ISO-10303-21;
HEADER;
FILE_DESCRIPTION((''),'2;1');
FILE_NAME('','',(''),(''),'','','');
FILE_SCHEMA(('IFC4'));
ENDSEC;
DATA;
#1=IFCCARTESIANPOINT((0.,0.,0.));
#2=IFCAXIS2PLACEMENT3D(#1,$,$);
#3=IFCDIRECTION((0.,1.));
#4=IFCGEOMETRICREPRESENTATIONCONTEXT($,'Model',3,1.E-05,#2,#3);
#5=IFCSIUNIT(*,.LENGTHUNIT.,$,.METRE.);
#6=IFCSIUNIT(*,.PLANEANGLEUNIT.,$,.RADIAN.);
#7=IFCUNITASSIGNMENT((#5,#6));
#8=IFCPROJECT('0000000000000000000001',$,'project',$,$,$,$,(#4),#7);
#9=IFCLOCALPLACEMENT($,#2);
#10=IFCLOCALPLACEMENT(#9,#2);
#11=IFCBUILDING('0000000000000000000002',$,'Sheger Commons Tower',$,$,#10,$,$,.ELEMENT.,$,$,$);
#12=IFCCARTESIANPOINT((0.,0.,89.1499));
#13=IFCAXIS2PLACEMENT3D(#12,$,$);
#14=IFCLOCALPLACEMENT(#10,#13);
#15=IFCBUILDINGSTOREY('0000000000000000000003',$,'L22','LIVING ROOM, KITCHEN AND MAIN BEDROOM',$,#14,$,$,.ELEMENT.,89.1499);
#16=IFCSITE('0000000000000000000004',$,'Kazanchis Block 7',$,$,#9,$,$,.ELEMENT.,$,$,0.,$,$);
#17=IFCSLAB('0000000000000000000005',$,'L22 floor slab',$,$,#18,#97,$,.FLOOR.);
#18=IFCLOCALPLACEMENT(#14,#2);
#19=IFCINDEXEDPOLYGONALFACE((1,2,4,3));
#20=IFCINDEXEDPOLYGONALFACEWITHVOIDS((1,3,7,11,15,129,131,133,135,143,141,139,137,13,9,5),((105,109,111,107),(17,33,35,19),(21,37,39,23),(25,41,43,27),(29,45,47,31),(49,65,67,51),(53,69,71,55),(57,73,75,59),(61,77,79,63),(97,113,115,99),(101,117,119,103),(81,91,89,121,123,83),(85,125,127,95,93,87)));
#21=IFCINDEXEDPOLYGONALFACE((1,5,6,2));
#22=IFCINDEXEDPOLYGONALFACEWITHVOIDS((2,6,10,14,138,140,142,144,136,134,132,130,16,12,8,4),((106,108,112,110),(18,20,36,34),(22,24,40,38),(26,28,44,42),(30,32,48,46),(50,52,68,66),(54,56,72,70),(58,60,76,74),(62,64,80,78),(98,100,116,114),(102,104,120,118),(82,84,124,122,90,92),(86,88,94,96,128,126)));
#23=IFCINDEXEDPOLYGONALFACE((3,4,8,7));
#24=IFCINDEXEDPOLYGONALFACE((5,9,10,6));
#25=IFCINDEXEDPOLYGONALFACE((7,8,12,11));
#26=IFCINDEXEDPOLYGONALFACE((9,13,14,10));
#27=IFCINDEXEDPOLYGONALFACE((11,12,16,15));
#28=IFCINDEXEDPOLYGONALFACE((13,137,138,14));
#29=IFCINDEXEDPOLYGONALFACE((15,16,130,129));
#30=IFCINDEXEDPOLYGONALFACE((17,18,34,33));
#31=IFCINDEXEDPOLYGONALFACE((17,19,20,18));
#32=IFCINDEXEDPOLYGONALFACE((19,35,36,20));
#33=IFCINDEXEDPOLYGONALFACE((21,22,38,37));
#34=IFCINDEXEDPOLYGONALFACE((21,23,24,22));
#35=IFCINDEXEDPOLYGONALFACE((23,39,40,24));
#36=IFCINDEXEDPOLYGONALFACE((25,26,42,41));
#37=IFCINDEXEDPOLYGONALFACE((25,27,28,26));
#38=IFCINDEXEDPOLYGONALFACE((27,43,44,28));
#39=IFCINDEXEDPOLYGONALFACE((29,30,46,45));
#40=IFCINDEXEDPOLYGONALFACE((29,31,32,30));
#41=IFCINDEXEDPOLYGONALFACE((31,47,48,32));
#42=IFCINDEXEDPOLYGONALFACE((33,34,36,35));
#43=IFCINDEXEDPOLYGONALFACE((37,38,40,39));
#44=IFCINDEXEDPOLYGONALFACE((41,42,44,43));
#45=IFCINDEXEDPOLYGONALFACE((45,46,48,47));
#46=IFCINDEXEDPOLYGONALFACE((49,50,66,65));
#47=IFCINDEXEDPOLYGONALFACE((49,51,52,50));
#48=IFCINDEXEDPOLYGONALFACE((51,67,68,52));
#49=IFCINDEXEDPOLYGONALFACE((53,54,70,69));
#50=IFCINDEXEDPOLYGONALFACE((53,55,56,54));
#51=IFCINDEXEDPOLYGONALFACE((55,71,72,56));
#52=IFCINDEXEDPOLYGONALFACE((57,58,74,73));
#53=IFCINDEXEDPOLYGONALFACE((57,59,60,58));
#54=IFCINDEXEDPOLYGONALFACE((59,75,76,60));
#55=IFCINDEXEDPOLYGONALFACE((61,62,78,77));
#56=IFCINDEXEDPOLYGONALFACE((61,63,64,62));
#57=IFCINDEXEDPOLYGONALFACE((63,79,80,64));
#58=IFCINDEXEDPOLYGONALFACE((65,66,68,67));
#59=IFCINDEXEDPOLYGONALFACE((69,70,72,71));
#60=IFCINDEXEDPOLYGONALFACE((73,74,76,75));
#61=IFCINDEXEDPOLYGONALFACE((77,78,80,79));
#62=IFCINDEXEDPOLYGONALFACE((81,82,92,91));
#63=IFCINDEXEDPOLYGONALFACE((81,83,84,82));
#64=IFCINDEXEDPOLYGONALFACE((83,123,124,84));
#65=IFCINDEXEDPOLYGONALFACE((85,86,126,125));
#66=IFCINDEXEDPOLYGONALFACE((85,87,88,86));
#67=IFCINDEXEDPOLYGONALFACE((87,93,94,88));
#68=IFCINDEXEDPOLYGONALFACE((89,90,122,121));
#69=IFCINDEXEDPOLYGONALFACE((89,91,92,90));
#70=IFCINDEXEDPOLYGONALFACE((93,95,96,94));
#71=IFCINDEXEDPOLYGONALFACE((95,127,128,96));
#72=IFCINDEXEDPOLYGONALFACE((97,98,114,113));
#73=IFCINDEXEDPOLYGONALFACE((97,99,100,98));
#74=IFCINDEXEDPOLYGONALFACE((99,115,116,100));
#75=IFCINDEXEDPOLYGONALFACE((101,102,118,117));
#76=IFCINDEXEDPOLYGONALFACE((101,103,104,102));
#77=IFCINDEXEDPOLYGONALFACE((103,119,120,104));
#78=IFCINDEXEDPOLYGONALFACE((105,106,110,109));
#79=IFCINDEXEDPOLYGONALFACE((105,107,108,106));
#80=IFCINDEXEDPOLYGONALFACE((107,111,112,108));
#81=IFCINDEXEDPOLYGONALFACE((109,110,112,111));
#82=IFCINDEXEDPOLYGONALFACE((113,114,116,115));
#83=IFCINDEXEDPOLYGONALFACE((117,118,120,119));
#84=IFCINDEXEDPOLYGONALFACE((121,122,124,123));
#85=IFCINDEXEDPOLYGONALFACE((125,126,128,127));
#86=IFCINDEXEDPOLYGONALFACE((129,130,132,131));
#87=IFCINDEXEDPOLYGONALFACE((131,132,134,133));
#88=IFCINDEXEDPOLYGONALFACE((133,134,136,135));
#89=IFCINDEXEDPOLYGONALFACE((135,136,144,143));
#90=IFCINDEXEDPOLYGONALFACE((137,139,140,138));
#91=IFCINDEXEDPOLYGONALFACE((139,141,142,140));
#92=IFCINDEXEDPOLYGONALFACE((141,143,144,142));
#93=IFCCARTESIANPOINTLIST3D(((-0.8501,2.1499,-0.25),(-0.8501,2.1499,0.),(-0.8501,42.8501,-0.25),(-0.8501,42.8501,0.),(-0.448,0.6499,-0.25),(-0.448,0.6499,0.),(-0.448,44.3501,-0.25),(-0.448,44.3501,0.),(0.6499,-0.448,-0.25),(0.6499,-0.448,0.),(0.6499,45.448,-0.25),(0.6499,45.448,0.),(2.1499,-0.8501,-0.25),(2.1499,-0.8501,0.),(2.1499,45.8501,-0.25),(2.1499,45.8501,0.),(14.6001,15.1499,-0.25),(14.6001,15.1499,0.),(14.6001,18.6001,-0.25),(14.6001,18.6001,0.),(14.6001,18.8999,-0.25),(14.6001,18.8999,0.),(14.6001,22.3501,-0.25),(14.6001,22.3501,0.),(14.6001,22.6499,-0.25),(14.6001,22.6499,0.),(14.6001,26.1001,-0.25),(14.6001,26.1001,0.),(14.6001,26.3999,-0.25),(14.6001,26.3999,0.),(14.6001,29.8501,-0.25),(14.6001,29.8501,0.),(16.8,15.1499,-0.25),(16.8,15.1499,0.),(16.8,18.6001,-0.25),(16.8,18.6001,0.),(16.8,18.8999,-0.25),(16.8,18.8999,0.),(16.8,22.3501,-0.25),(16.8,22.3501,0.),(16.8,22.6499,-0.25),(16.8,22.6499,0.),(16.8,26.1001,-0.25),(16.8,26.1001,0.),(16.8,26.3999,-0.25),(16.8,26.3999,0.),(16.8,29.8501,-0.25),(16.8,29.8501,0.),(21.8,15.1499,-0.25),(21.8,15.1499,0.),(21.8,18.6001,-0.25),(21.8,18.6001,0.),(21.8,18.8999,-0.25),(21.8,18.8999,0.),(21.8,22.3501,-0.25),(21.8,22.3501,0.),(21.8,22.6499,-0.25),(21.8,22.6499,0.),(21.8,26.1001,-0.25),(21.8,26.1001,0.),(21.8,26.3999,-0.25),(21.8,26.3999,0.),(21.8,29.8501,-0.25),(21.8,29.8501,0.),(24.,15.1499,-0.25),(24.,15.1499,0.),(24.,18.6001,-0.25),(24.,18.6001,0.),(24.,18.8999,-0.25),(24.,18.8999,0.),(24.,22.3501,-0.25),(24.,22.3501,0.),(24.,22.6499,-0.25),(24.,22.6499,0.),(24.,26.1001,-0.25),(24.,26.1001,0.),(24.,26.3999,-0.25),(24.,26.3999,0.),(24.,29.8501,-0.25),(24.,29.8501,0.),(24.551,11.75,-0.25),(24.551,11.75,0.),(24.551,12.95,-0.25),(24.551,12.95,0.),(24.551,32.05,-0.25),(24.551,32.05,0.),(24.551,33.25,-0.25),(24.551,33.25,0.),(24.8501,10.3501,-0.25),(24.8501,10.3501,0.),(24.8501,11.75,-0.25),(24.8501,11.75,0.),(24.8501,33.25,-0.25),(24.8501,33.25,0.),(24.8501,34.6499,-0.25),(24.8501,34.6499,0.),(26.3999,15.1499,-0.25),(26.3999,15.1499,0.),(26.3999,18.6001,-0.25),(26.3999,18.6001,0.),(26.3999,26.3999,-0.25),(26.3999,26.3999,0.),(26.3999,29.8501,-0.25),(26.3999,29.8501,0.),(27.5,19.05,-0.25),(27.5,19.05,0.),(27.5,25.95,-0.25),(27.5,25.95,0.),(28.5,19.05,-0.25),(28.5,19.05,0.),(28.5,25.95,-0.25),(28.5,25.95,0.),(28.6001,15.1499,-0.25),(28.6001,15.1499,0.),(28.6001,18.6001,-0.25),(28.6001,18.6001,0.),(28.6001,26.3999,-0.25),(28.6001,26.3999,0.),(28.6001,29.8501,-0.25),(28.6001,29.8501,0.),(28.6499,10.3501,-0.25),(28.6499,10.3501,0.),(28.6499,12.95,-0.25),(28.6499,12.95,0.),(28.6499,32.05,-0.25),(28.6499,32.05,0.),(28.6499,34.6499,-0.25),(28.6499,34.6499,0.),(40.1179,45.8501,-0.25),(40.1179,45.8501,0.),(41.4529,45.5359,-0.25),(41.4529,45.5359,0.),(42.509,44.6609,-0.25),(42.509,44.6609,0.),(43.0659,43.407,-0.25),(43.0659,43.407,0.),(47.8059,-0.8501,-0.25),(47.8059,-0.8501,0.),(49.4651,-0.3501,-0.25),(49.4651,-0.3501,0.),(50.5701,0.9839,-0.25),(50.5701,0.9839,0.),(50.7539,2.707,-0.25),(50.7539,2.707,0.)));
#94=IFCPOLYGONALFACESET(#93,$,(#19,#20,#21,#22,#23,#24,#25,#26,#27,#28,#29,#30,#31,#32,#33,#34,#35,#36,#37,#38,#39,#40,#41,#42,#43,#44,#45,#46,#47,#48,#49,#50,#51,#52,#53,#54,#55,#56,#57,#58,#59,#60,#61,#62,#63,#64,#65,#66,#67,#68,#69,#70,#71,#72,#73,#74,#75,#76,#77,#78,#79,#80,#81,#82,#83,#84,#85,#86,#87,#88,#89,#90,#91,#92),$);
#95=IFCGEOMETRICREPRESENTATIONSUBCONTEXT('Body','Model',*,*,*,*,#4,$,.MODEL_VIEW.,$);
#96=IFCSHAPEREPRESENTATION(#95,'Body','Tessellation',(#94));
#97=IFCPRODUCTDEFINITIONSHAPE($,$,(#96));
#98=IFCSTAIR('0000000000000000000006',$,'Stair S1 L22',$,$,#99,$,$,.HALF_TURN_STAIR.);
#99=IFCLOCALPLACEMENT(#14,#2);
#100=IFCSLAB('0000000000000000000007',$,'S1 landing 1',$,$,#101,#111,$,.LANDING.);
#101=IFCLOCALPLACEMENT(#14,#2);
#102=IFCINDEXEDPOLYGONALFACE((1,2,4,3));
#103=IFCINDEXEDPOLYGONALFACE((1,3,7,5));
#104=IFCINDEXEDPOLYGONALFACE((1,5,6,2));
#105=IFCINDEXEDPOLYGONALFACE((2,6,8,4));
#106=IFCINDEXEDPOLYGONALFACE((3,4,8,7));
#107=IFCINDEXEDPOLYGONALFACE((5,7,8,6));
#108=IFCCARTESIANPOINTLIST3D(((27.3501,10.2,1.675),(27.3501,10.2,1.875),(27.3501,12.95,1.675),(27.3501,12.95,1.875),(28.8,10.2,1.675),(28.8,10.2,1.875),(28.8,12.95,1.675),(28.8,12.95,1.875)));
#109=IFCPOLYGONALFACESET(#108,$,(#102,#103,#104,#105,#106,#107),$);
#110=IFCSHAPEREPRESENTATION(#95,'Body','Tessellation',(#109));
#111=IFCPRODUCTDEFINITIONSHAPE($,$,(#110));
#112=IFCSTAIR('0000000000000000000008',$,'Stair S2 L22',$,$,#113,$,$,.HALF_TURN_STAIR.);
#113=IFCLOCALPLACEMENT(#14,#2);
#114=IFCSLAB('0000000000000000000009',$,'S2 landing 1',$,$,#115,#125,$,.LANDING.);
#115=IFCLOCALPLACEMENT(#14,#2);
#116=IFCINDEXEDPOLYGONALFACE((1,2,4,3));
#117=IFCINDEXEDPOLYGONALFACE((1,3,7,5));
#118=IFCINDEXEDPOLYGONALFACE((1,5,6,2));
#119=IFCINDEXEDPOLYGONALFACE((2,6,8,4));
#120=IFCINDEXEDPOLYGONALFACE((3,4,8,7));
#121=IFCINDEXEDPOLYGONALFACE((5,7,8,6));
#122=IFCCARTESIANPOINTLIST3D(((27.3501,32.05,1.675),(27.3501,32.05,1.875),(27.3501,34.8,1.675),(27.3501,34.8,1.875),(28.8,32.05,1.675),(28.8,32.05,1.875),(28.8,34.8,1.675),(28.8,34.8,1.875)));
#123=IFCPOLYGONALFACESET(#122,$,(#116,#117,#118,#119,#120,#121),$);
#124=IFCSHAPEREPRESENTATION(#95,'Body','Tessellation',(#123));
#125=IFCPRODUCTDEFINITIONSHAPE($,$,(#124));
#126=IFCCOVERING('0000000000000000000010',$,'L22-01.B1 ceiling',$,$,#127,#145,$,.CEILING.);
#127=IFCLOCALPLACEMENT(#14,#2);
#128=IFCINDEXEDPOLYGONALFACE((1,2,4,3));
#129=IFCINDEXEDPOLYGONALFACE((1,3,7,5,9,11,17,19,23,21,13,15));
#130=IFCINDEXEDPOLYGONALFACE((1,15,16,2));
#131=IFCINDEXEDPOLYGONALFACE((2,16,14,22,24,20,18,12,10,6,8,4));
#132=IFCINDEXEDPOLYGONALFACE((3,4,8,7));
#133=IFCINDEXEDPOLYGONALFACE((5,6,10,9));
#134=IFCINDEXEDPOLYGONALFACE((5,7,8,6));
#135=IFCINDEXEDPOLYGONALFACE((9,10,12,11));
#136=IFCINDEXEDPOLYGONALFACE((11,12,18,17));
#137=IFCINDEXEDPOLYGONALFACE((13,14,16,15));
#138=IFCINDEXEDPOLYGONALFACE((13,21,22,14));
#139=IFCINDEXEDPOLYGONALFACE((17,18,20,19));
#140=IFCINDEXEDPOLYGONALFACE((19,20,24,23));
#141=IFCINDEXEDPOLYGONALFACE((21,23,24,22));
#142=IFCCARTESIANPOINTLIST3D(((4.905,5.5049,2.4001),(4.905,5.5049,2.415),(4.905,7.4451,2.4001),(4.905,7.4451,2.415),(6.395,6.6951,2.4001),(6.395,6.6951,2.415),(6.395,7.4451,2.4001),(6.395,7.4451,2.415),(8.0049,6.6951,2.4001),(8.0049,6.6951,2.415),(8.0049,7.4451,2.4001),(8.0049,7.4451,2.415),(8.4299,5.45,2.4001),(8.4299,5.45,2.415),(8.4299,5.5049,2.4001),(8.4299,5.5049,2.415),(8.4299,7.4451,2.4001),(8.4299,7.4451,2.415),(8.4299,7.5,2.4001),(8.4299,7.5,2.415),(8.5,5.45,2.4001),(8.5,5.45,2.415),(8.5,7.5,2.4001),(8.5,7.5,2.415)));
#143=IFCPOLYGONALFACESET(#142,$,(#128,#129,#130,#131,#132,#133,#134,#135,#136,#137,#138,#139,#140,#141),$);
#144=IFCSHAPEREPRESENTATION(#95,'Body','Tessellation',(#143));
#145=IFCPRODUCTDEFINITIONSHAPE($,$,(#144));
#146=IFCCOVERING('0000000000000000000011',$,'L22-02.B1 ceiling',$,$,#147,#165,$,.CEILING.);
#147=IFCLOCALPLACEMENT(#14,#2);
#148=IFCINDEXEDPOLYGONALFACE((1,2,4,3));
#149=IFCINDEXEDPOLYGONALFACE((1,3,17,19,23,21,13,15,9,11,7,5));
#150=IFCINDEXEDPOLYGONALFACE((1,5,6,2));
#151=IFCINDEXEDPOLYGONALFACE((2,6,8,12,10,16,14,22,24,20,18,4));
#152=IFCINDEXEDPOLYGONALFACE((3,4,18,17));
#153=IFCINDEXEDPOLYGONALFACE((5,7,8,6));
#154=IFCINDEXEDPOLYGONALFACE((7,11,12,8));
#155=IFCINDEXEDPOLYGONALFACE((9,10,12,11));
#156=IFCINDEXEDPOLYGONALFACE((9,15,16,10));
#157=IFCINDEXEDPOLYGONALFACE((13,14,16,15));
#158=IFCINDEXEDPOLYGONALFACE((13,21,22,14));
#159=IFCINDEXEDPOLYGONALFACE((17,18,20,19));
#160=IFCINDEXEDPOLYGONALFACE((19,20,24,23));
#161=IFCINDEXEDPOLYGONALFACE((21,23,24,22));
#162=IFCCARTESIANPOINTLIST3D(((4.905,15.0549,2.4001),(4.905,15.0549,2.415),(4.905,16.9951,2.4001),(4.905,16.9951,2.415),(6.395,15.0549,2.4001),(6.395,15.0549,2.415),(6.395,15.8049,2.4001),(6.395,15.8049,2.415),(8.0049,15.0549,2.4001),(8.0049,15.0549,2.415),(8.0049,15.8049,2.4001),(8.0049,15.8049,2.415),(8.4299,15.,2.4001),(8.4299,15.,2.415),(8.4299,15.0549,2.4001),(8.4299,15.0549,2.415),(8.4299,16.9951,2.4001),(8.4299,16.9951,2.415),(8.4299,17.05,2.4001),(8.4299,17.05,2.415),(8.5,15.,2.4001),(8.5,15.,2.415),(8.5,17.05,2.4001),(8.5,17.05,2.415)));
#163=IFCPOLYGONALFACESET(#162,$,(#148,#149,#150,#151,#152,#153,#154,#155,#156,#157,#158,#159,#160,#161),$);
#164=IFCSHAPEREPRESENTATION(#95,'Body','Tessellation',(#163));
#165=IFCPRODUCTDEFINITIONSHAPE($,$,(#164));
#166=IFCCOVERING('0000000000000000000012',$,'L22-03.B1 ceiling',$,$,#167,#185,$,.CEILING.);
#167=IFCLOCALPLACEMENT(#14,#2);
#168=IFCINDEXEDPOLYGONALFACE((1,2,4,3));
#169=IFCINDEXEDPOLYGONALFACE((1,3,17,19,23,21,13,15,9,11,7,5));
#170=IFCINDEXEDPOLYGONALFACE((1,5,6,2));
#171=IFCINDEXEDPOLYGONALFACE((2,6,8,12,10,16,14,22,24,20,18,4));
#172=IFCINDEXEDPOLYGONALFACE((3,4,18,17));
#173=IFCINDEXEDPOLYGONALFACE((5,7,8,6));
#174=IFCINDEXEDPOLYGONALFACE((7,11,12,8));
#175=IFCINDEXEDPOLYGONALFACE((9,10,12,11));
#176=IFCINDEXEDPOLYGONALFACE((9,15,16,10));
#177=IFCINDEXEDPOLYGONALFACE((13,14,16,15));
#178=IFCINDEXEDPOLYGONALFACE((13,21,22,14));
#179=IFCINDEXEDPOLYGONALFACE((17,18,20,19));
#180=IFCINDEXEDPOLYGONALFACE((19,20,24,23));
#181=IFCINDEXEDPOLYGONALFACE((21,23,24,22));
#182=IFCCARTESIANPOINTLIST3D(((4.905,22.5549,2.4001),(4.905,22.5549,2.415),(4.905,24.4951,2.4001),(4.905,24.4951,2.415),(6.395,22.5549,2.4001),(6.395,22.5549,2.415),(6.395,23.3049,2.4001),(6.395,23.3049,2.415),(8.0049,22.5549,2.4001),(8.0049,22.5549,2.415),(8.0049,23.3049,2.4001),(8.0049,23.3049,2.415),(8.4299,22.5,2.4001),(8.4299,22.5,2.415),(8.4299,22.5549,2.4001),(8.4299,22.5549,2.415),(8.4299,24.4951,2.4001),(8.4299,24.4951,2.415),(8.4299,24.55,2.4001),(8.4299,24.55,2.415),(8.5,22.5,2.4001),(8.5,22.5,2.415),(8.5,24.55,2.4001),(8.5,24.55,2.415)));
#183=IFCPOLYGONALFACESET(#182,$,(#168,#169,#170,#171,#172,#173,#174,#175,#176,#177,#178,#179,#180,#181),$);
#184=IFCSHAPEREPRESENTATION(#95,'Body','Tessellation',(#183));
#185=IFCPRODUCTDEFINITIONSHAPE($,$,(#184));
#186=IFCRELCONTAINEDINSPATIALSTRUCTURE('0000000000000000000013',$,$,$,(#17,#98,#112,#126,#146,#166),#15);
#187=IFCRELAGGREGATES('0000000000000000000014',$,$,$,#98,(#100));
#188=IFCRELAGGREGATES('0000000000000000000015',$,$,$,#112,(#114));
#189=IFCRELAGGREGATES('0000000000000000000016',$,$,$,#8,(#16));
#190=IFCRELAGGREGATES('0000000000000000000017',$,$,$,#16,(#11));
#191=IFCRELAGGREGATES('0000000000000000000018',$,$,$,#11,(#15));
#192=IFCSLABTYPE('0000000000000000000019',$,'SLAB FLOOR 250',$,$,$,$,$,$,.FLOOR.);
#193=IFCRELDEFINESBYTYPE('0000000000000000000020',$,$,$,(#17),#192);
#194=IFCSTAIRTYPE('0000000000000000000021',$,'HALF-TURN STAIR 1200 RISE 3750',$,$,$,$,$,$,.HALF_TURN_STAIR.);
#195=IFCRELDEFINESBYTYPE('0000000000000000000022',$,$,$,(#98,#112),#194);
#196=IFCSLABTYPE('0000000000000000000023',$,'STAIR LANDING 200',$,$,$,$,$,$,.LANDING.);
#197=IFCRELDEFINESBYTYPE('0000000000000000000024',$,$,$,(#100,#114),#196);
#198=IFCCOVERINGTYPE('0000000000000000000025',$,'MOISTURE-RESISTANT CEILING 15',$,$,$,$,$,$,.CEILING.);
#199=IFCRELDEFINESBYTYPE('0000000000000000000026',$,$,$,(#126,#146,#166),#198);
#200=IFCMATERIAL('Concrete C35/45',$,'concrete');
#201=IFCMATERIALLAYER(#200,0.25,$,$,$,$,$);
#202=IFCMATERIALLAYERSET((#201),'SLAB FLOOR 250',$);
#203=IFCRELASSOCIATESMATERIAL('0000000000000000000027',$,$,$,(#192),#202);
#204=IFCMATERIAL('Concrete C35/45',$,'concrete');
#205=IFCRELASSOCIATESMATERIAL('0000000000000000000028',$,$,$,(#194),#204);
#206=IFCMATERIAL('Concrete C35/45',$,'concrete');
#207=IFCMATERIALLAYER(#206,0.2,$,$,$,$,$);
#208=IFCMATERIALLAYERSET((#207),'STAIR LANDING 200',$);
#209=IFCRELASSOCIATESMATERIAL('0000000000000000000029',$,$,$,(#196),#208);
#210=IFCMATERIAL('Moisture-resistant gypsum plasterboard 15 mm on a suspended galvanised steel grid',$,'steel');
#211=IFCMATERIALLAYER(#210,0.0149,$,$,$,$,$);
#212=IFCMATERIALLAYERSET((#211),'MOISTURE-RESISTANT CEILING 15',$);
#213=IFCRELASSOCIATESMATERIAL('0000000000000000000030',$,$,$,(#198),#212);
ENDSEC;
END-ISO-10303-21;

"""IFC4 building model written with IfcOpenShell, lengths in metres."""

from ifc_helpers import new_model, si_unit, direction, frame, origin, place, context, subcontext, project, spatial, polyline, outline, extrude, material, layer, layer_set, type_object, element, aggregate, save


model = new_model("IFC4")

# Units and contexts
model_context = context("Model", 3, precision=1e-05, world=origin(), true_north=direction((0.0, 1.0)))
body_context = subcontext(model_context, "Body", "Model", "MODEL_VIEW")
ifc_project = project(units=[si_unit("LENGTHUNIT", "METRE"), si_unit("PLANEANGLEUNIT", "RADIAN")], contexts=[model_context])

# Site, building, storey
site_placement = place(None, origin())
site = spatial("IfcSite", under=ifc_project, at=site_placement, Name="Kazanchis Block 7", CompositionType="ELEMENT", RefElevation=0.0)
building_placement = place(site_placement, origin())
building = spatial("IfcBuilding", under=site, at=building_placement, Name="Sheger Commons Tower", CompositionType="ELEMENT")
storey_placement = place(building_placement, frame((0.0, 0.0, 89.1499)))
storey = spatial("IfcBuildingStorey", under=building, at=storey_placement, Name="L22", Description="LIVING ROOM, KITCHEN AND MAIN BEDROOM", CompositionType="ELEMENT", Elevation=89.1499)

# Slab
ifc_material_1 = material(Name="Concrete C35/45", Category="concrete")
ifc_layer_1 = layer(ifc_material_1, 0.25)
ifc_layer_set_1 = layer_set([ifc_layer_1], Name="SLAB FLOOR 250")
slab_type_1 = type_object("IfcSlabType", Name="SLAB FLOOR 250", PredefinedType="FLOOR", material=ifc_layer_set_1)
slab_1_placement = place(storey_placement, frame((0.0, 0.0, -0.25)))
element("IfcSlab", 1, at=slab_1_placement, inside=storey, type_object=slab_type_1, Name="L22 floor slab", PredefinedType="FLOOR", context=body_context, shape_type="SweptSolid", body=[
    extrude(outline(polyline([(-0.8501, 2.1499), (-0.448, 0.6499), (0.6499, -0.448), (2.1499, -0.8501), (47.8059, -0.8501), (49.4651, -0.3501), (50.5701, 0.9839), (50.7539, 2.707), (43.0659, 43.407), (42.509, 44.6609), (41.4529, 45.5359), (40.1179, 45.8501), (2.1499, 45.8501), (0.6499, 45.448), (-0.448, 44.3501), (-0.8501, 42.8501), (-0.8501, 2.1499)]), holes=[polyline([(24.8501, 10.3501), (28.6499, 10.3501), (28.6499, 12.95), (24.551, 12.95), (24.551, 11.75), (24.8501, 11.75), (24.8501, 10.3501)]), polyline([(24.551, 32.05), (28.6499, 32.05), (28.6499, 34.6499), (24.8501, 34.6499), (24.8501, 33.25), (24.551, 33.25), (24.551, 32.05)]), polyline([(26.3999, 15.1499), (28.6001, 15.1499), (28.6001, 18.6001), (26.3999, 18.6001), (26.3999, 15.1499)]), polyline([(26.3999, 26.3999), (28.6001, 26.3999), (28.6001, 29.8501), (26.3999, 29.8501), (26.3999, 26.3999)]), polyline([(14.6001, 15.1499), (16.8, 15.1499), (16.8, 18.6001), (14.6001, 18.6001), (14.6001, 15.1499)]), polyline([(14.6001, 18.8999), (16.8, 18.8999), (16.8, 22.3501), (14.6001, 22.3501), (14.6001, 18.8999)]), polyline([(14.6001, 22.6499), (16.8, 22.6499), (16.8, 26.1001), (14.6001, 26.1001), (14.6001, 22.6499)]), polyline([(14.6001, 26.3999), (16.8, 26.3999), (16.8, 29.8501), (14.6001, 29.8501), (14.6001, 26.3999)]), polyline([(21.8, 15.1499), (24.0, 15.1499), (24.0, 18.6001), (21.8, 18.6001), (21.8, 15.1499)]), polyline([(21.8, 18.8999), (24.0, 18.8999), (24.0, 22.3501), (21.8, 22.3501), (21.8, 18.8999)]), polyline([(21.8, 22.6499), (24.0, 22.6499), (24.0, 26.1001), (21.8, 26.1001), (21.8, 22.6499)]), polyline([(21.8, 26.3999), (24.0, 26.3999), (24.0, 29.8501), (21.8, 29.8501), (21.8, 26.3999)]), polyline([(27.5, 19.05), (28.5, 19.05), (28.5, 25.95), (27.5, 25.95), (27.5, 19.05)])]), origin(), (0.0, 0.0, 1.0), 0.25),
])

# Stairs, slabs
ifc_material_2 = material(Name="Concrete C35/45", Category="concrete")
stair_type = type_object("IfcStairType", Name="HALF-TURN STAIR 1200 RISE 3750", PredefinedType="HALF_TURN_STAIR", material=ifc_material_2)
stair_1_placement = place(storey_placement, origin())
stair_1 = element("IfcStair", 2, at=stair_1_placement, inside=storey, type_object=stair_type, Name="Stair S1 L22", PredefinedType="HALF_TURN_STAIR")
ifc_material_3 = material(Name="Concrete C35/45", Category="concrete")
ifc_layer_2 = layer(ifc_material_3, 0.2)
ifc_layer_set_2 = layer_set([ifc_layer_2], Name="STAIR LANDING 200")
slab_type_2 = type_object("IfcSlabType", Name="STAIR LANDING 200", PredefinedType="LANDING", material=ifc_layer_set_2)
slab_2_placement = place(storey_placement, frame((0.0, 0.0, 1.675)))
slab_2 = element("IfcSlab", 3, at=slab_2_placement, type_object=slab_type_2, Name="S1 landing 1", PredefinedType="LANDING", context=body_context, shape_type="SweptSolid", body=[
    extrude(outline(polyline([(27.3501, 10.2), (28.8, 10.2), (28.8, 12.95), (27.3501, 12.95), (27.3501, 10.2)])), origin(), (0.0, 0.0, 1.0), 0.2),
])
aggregate(stair_1, [slab_2])
stair_2_placement = place(storey_placement, origin())
stair_2 = element("IfcStair", 4, at=stair_2_placement, inside=storey, type_object=stair_type, Name="Stair S2 L22", PredefinedType="HALF_TURN_STAIR")
slab_3_placement = place(storey_placement, frame((0.0, 0.0, 1.675)))
slab_3 = element("IfcSlab", 5, at=slab_3_placement, type_object=slab_type_2, Name="S2 landing 1", PredefinedType="LANDING", context=body_context, shape_type="SweptSolid", body=[
    extrude(outline(polyline([(27.3501, 32.05), (28.8, 32.05), (28.8, 34.8), (27.3501, 34.8), (27.3501, 32.05)])), origin(), (0.0, 0.0, 1.0), 0.2),
])
aggregate(stair_2, [slab_3])

# Coverings
ifc_material_4 = material(Name="Moisture-resistant gypsum plasterboard 15 mm on a suspended galvanised steel grid", Category="steel")
ifc_layer_3 = layer(ifc_material_4, 0.0149)
ifc_layer_set_3 = layer_set([ifc_layer_3], Name="MOISTURE-RESISTANT CEILING 15")
covering_type_1 = type_object("IfcCoveringType", Name="MOISTURE-RESISTANT CEILING 15", PredefinedType="CEILING", material=ifc_layer_set_3)
covering_1_placement = place(storey_placement, frame((0.0, 0.0, 2.4001)))
element("IfcCovering", 6, at=covering_1_placement, inside=storey, type_object=covering_type_1, Name="L22-01.B1 ceiling", PredefinedType="CEILING", context=body_context, shape_type="SweptSolid", body=[
    extrude(outline(polyline([(8.4299, 5.45), (8.5, 5.45), (8.5, 7.5), (8.4299, 7.5), (8.4299, 7.4451), (8.0049, 7.4451), (8.0049, 6.6951), (6.395, 6.6951), (6.395, 7.4451), (4.905, 7.4451), (4.905, 5.5049), (8.4299, 5.5049), (8.4299, 5.45)])), origin(), (0.0, 0.0, 1.0), 0.0149),
])
covering_2_placement = place(storey_placement, frame((0.0, 0.0, 2.4001)))
element("IfcCovering", 7, at=covering_2_placement, inside=storey, type_object=covering_type_1, Name="L22-02.B1 ceiling", PredefinedType="CEILING", context=body_context, shape_type="SweptSolid", body=[
    extrude(outline(polyline([(8.4299, 15.0), (8.5, 15.0), (8.5, 17.05), (8.4299, 17.05), (8.4299, 16.9951), (4.905, 16.9951), (4.905, 15.0549), (6.395, 15.0549), (6.395, 15.8049), (8.0049, 15.8049), (8.0049, 15.0549), (8.4299, 15.0549), (8.4299, 15.0)])), origin(), (0.0, 0.0, 1.0), 0.0149),
])
covering_3_placement = place(storey_placement, frame((0.0, 0.0, 2.4001)))
element("IfcCovering", 8, at=covering_3_placement, inside=storey, type_object=covering_type_1, Name="L22-03.B1 ceiling", PredefinedType="CEILING", context=body_context, shape_type="SweptSolid", body=[
    extrude(outline(polyline([(8.4299, 22.5), (8.5, 22.5), (8.5, 24.55), (8.4299, 24.55), (8.4299, 24.4951), (4.905, 24.4951), (4.905, 22.5549), (6.395, 22.5549), (6.395, 23.3049), (8.0049, 23.3049), (8.0049, 22.5549), (8.4299, 22.5549), (8.4299, 22.5)])), origin(), (0.0, 0.0, 1.0), 0.0149),
])

save(model, "model.ifc")
